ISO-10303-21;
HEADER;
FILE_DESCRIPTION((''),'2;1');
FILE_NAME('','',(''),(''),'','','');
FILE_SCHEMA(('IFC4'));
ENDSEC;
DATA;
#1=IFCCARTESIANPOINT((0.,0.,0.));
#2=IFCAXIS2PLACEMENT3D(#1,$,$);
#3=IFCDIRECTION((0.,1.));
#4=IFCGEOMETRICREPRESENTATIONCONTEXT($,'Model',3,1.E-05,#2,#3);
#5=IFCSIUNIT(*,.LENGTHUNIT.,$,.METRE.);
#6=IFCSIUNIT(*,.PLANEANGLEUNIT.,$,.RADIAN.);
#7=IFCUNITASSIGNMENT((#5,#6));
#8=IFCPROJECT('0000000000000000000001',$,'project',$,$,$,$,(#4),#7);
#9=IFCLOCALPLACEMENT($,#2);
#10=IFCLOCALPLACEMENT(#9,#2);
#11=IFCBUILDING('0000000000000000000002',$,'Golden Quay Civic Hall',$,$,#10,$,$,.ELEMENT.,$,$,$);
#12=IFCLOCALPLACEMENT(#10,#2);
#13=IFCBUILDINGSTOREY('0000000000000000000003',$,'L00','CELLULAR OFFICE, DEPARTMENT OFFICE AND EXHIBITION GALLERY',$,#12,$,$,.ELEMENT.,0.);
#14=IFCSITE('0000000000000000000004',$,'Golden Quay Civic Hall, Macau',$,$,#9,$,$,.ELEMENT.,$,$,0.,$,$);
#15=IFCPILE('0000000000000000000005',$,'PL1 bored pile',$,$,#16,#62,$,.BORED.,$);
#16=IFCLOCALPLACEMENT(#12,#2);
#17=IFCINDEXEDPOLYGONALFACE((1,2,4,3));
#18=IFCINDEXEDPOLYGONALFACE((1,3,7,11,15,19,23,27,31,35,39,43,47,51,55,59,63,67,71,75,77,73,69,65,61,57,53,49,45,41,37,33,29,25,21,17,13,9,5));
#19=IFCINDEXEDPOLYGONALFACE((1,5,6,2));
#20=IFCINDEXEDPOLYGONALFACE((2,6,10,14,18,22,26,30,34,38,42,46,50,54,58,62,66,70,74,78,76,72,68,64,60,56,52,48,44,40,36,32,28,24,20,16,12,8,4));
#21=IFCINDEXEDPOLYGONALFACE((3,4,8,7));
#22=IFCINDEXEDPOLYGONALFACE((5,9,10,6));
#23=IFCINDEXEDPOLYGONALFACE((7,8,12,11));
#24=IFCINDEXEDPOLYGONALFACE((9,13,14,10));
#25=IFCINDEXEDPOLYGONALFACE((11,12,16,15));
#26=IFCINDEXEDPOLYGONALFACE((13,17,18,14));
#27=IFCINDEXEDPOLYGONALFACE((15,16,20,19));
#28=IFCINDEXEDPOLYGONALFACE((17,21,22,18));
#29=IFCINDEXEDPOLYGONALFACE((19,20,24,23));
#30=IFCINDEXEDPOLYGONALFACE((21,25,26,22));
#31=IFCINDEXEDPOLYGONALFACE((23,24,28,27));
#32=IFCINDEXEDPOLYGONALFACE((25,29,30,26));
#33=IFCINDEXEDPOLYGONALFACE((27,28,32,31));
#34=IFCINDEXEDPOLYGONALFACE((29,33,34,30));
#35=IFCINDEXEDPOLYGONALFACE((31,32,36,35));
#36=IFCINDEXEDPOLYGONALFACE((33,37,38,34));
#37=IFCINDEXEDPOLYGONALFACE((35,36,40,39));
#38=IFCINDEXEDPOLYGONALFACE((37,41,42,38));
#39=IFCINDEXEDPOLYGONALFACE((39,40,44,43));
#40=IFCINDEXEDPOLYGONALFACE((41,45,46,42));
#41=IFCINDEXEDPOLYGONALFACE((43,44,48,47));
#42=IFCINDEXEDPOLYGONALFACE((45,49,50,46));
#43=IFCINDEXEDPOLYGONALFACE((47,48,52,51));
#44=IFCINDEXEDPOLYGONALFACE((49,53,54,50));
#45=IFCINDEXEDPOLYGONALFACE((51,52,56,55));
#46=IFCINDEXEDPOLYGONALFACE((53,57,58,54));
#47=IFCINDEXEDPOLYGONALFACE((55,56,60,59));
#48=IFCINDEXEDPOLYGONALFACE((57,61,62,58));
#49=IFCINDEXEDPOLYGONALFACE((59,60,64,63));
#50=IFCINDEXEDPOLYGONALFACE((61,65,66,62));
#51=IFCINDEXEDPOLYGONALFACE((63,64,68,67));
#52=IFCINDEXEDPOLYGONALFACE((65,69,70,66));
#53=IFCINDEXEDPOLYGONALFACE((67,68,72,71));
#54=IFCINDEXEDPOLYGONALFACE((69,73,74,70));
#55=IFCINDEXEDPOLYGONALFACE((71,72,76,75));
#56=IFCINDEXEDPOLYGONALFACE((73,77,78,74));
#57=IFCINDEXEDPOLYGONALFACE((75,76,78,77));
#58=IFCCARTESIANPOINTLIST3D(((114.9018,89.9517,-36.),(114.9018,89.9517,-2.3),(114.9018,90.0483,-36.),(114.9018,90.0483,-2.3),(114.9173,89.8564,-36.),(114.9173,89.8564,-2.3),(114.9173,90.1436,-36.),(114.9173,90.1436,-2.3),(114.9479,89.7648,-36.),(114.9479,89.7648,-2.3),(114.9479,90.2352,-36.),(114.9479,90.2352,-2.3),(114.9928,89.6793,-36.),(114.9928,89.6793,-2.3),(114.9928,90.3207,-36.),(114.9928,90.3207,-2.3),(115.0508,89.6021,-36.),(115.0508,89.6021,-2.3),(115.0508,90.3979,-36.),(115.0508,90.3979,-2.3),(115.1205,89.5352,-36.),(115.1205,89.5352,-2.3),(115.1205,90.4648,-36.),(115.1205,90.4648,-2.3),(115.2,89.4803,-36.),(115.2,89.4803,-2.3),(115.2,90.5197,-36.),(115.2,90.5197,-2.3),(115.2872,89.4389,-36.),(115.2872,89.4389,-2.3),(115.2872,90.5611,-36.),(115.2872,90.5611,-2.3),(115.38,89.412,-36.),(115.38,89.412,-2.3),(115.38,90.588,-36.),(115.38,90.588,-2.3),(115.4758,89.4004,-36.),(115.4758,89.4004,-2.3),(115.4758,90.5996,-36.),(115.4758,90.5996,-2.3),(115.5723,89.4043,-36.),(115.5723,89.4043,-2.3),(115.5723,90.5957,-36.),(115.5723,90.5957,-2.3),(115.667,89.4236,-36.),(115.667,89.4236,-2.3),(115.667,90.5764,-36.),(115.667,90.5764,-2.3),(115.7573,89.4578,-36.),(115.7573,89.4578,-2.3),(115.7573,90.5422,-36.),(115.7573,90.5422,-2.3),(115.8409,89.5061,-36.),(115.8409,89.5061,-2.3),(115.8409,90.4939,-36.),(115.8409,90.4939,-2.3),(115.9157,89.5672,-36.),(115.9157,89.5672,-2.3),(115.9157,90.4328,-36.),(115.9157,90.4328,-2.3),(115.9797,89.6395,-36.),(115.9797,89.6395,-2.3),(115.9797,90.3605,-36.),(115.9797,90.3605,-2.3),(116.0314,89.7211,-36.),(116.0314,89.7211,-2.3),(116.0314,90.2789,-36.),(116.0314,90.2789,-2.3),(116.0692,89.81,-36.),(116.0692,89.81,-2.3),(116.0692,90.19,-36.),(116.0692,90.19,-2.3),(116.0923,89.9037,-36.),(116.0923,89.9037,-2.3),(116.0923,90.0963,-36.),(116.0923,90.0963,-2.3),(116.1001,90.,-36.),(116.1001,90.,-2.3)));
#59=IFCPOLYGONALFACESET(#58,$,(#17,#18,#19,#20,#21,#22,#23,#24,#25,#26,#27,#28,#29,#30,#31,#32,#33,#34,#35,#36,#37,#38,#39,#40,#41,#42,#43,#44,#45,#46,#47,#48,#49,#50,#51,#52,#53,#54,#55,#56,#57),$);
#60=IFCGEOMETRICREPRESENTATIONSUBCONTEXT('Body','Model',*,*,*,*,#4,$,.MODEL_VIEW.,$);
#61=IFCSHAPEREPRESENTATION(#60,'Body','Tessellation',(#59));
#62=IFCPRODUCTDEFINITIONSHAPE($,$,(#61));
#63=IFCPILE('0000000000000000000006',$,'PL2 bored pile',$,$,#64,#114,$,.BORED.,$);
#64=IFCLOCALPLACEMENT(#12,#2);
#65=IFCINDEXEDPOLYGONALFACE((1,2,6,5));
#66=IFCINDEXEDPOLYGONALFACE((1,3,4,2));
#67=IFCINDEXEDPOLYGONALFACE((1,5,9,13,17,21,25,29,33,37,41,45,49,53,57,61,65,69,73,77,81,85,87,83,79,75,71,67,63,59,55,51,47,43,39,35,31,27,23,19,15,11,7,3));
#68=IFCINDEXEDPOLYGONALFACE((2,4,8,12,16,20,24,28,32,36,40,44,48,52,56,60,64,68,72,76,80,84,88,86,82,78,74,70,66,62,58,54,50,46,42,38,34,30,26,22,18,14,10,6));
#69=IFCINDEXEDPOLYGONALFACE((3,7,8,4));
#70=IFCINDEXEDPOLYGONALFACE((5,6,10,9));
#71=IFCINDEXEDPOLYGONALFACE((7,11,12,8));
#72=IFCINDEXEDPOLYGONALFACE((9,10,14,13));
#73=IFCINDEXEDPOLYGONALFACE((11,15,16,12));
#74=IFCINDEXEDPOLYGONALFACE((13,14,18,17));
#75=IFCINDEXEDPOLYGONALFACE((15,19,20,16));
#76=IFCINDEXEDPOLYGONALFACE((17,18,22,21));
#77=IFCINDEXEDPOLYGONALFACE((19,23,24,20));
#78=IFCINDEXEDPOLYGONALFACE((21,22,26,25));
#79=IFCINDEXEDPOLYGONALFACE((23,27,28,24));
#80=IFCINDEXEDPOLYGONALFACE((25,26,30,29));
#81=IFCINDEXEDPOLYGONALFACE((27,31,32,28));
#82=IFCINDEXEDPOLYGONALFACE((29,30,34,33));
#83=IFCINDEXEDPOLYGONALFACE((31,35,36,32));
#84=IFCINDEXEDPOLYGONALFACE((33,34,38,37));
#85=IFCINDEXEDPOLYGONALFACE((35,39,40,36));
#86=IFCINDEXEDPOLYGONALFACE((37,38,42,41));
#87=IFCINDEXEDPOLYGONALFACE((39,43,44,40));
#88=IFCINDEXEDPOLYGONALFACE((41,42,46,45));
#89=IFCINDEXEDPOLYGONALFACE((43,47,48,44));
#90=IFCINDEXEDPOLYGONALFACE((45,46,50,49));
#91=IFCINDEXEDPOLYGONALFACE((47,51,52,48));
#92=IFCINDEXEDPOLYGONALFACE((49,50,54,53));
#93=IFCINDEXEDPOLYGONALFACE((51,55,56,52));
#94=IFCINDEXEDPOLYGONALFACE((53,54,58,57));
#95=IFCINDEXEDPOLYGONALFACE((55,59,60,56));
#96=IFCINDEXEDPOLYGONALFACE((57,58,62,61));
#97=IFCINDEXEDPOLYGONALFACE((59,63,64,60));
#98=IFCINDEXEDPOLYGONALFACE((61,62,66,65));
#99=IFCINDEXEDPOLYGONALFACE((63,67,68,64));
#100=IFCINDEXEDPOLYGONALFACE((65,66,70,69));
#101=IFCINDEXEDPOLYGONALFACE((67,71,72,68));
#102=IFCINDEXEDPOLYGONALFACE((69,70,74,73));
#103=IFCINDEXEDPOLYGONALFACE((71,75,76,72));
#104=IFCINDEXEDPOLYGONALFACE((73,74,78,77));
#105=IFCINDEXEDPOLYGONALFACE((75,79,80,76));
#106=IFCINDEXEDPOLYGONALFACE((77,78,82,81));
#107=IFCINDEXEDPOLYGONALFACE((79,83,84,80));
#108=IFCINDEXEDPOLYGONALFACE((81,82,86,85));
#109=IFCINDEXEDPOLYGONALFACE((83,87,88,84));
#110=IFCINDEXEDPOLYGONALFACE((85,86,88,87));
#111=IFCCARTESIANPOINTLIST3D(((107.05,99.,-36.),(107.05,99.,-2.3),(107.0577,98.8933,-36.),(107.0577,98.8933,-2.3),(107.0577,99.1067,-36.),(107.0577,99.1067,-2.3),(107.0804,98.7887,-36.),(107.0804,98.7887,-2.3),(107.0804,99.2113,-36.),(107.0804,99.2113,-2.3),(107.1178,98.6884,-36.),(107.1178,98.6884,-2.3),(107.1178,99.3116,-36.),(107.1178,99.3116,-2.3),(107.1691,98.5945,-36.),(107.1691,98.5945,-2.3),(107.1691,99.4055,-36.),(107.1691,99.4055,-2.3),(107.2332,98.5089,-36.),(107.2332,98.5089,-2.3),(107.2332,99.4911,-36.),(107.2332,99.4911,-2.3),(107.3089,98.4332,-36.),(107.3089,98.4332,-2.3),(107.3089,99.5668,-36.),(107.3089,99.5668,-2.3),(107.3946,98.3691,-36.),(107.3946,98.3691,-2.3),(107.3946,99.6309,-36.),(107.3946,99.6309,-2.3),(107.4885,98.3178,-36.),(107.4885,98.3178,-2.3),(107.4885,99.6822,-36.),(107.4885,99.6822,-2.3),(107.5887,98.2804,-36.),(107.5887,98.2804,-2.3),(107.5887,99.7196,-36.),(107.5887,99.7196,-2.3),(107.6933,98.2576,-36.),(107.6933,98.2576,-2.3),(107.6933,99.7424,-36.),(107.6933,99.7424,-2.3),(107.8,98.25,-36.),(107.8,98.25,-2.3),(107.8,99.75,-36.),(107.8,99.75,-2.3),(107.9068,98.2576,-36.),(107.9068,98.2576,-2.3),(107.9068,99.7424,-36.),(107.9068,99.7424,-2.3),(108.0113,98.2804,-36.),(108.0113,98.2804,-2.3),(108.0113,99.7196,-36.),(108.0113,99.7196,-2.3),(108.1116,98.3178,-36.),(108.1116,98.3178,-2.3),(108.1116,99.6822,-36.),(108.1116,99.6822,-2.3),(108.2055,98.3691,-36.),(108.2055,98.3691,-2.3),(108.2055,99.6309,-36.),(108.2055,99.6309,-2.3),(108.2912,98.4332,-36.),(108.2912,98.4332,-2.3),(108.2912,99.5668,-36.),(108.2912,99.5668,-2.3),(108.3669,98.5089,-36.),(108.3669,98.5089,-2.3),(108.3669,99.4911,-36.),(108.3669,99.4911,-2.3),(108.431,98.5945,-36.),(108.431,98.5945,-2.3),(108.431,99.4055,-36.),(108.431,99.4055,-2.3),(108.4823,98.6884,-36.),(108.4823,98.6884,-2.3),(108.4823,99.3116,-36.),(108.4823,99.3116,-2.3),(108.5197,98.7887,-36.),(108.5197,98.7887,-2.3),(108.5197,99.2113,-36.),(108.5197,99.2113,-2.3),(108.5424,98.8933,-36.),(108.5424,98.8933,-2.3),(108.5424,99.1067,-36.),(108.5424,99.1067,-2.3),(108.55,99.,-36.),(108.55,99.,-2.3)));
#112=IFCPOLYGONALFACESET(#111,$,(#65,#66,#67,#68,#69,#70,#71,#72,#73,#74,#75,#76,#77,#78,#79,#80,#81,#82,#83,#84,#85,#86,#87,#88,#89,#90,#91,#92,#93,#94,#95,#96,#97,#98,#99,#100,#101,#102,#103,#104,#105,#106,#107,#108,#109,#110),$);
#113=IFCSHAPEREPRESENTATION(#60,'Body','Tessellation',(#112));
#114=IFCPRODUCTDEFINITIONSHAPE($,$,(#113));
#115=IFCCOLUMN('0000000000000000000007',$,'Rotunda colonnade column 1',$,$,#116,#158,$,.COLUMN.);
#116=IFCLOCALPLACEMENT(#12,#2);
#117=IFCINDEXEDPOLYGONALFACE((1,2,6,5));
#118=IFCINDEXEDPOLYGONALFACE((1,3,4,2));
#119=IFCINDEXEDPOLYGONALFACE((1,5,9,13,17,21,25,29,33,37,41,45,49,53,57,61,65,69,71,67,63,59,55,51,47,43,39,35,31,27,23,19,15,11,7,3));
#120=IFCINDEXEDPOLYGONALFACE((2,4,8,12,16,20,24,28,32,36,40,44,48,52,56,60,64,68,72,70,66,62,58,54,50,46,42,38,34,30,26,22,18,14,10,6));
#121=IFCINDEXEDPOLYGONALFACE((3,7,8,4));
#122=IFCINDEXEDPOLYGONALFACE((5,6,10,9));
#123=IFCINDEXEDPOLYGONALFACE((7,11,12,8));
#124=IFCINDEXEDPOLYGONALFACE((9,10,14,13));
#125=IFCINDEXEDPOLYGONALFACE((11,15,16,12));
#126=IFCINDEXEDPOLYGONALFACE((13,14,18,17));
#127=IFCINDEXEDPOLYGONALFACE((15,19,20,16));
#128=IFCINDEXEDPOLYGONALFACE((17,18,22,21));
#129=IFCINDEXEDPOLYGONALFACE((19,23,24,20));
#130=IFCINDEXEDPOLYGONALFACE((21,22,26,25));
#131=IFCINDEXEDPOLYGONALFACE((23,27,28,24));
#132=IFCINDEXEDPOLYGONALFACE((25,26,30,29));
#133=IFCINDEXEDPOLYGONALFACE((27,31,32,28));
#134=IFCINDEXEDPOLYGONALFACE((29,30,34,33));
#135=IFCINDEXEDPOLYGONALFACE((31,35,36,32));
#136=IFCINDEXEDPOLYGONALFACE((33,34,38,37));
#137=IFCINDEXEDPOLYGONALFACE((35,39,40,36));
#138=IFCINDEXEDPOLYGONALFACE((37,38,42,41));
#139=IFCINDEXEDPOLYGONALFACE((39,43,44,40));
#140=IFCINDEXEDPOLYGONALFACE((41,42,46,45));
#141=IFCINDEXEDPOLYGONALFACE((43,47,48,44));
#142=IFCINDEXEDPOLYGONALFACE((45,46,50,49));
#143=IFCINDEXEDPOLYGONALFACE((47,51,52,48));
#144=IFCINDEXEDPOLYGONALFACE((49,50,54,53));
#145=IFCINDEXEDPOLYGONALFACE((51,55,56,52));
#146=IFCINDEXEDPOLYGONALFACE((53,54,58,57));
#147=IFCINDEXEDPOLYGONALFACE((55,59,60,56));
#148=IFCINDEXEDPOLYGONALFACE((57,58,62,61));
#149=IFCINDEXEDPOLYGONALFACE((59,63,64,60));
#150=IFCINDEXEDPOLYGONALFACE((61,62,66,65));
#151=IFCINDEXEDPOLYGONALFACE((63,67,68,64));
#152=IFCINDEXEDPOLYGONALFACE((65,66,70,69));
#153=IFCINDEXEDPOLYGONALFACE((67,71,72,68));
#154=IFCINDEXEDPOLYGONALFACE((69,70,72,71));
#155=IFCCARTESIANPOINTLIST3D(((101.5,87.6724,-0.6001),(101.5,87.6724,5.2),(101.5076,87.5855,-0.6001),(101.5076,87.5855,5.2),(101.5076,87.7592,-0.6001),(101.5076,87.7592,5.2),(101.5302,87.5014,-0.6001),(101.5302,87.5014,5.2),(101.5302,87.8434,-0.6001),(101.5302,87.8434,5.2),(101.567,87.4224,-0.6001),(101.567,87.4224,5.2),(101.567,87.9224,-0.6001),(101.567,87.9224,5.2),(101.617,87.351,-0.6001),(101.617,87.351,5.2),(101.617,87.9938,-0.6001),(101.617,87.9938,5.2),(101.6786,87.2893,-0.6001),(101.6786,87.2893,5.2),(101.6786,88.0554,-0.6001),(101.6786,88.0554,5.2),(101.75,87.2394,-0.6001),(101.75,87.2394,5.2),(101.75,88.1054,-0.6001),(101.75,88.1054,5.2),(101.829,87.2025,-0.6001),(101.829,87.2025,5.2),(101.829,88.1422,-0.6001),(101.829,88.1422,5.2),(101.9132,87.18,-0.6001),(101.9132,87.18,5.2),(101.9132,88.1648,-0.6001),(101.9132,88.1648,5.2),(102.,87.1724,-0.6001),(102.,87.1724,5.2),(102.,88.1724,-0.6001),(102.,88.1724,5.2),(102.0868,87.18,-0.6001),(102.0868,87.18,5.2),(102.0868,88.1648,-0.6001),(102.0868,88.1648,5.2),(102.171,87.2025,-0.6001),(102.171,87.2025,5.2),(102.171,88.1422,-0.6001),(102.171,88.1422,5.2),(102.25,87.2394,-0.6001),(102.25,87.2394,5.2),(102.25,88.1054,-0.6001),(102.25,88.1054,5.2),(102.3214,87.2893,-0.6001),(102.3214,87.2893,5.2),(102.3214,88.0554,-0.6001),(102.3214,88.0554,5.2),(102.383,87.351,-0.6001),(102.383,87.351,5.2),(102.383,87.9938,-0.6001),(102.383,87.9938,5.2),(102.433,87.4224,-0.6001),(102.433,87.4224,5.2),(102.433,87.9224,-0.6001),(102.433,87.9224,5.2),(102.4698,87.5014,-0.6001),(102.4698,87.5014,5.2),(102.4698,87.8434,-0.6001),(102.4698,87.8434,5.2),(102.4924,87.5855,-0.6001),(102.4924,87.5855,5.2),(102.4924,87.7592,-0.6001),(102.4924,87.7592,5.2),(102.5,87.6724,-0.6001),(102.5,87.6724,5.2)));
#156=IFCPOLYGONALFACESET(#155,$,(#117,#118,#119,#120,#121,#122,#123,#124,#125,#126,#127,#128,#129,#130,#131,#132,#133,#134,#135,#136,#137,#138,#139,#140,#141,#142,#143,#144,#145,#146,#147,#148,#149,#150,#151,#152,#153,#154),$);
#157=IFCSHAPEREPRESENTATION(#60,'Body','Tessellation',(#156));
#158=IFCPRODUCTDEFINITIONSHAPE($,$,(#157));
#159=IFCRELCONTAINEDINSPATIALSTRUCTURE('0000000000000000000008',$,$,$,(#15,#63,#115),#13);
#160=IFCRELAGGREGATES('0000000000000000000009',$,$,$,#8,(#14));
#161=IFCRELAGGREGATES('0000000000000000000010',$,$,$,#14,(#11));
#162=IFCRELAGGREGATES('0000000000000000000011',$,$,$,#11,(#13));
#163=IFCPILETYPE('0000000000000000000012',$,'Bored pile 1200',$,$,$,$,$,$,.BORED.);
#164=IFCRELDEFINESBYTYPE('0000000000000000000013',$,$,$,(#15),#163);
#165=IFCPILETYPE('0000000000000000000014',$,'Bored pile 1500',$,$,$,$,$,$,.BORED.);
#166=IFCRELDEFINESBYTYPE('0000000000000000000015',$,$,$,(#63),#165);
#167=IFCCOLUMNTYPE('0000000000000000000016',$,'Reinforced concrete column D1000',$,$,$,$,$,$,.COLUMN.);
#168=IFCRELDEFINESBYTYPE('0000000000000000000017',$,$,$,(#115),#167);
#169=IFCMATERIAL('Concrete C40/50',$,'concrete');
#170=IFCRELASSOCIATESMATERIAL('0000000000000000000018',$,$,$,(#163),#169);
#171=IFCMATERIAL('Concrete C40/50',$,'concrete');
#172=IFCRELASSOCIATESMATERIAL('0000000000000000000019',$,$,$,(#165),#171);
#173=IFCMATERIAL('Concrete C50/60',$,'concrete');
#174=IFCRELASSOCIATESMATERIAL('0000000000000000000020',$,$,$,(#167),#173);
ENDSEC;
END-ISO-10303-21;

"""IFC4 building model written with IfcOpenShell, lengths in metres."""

from ifc_helpers import new_model, si_unit, direction, frame, origin, origin_2d, place, context, subcontext, project, spatial, circle, extrude, material, material_profile, profile_set, type_object, element, save


model = new_model("IFC4")

# Units and contexts
model_context = context("Model", 3, precision=1e-05, world=origin(), true_north=direction((0.0, 1.0)))
body_context = subcontext(model_context, "Body", "Model", "MODEL_VIEW")
ifc_project = project(units=[si_unit("LENGTHUNIT", "METRE"), si_unit("PLANEANGLEUNIT", "RADIAN")], contexts=[model_context])

# Site, building, storey
site_placement = place(None, origin())
site = spatial("IfcSite", under=ifc_project, at=site_placement, Name="Golden Quay Civic Hall, Macau", CompositionType="ELEMENT", RefElevation=0.0)
building_placement = place(site_placement, origin())
building = spatial("IfcBuilding", under=site, at=building_placement, Name="Golden Quay Civic Hall", CompositionType="ELEMENT")
storey_placement = place(building_placement, origin())
storey = spatial("IfcBuildingStorey", under=building, at=storey_placement, Name="L00", Description="CELLULAR OFFICE, DEPARTMENT OFFICE AND EXHIBITION GALLERY", CompositionType="ELEMENT", Elevation=0.0)

# Piles
ifc_material_1 = material(Name="Concrete C40/50", Category="concrete")
ifc_material_profile_1 = material_profile(ifc_material_1, circle(Radius=0.6001, at=origin_2d()), Name="RC D1200")
ifc_profile_set_1 = profile_set([ifc_material_profile_1], Name="Concrete C40/50")
pile_type_1 = type_object("IfcPileType", Name="Bored pile 1200", PredefinedType="BORED", material=ifc_profile_set_1)
for number, where, z_axis, x_axis, name in (
    (1, (115.5, 90.0, -2.3), (0.0, 0.0, -1.0), (1.0, 0.0, 0.0), "PL1 bored pile"),
):
    element("IfcPile", number, at=place(storey_placement, frame(where, z_axis=z_axis, x_axis=x_axis)), inside=storey, type_object=pile_type_1, Name=name, PredefinedType="BORED", context=body_context, shape_type="SweptSolid", body=[
        extrude(circle(Radius=0.6001, at=origin_2d()), origin(), (0.0, 0.0, 1.0), 33.7),
    ])
ifc_material_2 = material(Name="Concrete C40/50", Category="concrete")
ifc_material_profile_2 = material_profile(ifc_material_2, circle(Radius=0.75, at=origin_2d()), Name="RC D1500")
ifc_profile_set_2 = profile_set([ifc_material_profile_2], Name="Concrete C40/50")
pile_type_2 = type_object("IfcPileType", Name="Bored pile 1500", PredefinedType="BORED", material=ifc_profile_set_2)
pile_placement = place(storey_placement, frame((107.8, 99.0, -2.3), z_axis=(0.0, 0.0, -1.0), x_axis=(1.0, 0.0, 0.0)))
element("IfcPile", 2, at=pile_placement, inside=storey, type_object=pile_type_2, Name="PL2 bored pile", PredefinedType="BORED", context=body_context, shape_type="SweptSolid", body=[
    extrude(circle(Radius=0.75, at=origin_2d()), origin(), (0.0, 0.0, 1.0), 33.7),
])

# Column
ifc_material_3 = material(Name="Concrete C50/60", Category="concrete")
ifc_material_profile_3 = material_profile(ifc_material_3, circle(Radius=0.5, at=origin_2d()), Name="RC D1000")
ifc_profile_set_3 = profile_set([ifc_material_profile_3], Name="Concrete C50/60")
column_type_1 = type_object("IfcColumnType", Name="Reinforced concrete column D1000", PredefinedType="COLUMN", material=ifc_profile_set_3)
column_placement = place(storey_placement, frame((102.0, 87.6724, -0.6001), z_axis=(0.0, 0.0, 1.0), x_axis=(1.0, 0.0, 0.0)))
element("IfcColumn", 3, at=column_placement, inside=storey, type_object=column_type_1, Name="Rotunda colonnade column 1", PredefinedType="COLUMN", context=body_context, shape_type="SweptSolid", body=[
    extrude(circle(Radius=0.5, at=origin_2d()), origin(), (0.0, 0.0, 1.0), 5.8),
])

save(model, "model.ifc")
